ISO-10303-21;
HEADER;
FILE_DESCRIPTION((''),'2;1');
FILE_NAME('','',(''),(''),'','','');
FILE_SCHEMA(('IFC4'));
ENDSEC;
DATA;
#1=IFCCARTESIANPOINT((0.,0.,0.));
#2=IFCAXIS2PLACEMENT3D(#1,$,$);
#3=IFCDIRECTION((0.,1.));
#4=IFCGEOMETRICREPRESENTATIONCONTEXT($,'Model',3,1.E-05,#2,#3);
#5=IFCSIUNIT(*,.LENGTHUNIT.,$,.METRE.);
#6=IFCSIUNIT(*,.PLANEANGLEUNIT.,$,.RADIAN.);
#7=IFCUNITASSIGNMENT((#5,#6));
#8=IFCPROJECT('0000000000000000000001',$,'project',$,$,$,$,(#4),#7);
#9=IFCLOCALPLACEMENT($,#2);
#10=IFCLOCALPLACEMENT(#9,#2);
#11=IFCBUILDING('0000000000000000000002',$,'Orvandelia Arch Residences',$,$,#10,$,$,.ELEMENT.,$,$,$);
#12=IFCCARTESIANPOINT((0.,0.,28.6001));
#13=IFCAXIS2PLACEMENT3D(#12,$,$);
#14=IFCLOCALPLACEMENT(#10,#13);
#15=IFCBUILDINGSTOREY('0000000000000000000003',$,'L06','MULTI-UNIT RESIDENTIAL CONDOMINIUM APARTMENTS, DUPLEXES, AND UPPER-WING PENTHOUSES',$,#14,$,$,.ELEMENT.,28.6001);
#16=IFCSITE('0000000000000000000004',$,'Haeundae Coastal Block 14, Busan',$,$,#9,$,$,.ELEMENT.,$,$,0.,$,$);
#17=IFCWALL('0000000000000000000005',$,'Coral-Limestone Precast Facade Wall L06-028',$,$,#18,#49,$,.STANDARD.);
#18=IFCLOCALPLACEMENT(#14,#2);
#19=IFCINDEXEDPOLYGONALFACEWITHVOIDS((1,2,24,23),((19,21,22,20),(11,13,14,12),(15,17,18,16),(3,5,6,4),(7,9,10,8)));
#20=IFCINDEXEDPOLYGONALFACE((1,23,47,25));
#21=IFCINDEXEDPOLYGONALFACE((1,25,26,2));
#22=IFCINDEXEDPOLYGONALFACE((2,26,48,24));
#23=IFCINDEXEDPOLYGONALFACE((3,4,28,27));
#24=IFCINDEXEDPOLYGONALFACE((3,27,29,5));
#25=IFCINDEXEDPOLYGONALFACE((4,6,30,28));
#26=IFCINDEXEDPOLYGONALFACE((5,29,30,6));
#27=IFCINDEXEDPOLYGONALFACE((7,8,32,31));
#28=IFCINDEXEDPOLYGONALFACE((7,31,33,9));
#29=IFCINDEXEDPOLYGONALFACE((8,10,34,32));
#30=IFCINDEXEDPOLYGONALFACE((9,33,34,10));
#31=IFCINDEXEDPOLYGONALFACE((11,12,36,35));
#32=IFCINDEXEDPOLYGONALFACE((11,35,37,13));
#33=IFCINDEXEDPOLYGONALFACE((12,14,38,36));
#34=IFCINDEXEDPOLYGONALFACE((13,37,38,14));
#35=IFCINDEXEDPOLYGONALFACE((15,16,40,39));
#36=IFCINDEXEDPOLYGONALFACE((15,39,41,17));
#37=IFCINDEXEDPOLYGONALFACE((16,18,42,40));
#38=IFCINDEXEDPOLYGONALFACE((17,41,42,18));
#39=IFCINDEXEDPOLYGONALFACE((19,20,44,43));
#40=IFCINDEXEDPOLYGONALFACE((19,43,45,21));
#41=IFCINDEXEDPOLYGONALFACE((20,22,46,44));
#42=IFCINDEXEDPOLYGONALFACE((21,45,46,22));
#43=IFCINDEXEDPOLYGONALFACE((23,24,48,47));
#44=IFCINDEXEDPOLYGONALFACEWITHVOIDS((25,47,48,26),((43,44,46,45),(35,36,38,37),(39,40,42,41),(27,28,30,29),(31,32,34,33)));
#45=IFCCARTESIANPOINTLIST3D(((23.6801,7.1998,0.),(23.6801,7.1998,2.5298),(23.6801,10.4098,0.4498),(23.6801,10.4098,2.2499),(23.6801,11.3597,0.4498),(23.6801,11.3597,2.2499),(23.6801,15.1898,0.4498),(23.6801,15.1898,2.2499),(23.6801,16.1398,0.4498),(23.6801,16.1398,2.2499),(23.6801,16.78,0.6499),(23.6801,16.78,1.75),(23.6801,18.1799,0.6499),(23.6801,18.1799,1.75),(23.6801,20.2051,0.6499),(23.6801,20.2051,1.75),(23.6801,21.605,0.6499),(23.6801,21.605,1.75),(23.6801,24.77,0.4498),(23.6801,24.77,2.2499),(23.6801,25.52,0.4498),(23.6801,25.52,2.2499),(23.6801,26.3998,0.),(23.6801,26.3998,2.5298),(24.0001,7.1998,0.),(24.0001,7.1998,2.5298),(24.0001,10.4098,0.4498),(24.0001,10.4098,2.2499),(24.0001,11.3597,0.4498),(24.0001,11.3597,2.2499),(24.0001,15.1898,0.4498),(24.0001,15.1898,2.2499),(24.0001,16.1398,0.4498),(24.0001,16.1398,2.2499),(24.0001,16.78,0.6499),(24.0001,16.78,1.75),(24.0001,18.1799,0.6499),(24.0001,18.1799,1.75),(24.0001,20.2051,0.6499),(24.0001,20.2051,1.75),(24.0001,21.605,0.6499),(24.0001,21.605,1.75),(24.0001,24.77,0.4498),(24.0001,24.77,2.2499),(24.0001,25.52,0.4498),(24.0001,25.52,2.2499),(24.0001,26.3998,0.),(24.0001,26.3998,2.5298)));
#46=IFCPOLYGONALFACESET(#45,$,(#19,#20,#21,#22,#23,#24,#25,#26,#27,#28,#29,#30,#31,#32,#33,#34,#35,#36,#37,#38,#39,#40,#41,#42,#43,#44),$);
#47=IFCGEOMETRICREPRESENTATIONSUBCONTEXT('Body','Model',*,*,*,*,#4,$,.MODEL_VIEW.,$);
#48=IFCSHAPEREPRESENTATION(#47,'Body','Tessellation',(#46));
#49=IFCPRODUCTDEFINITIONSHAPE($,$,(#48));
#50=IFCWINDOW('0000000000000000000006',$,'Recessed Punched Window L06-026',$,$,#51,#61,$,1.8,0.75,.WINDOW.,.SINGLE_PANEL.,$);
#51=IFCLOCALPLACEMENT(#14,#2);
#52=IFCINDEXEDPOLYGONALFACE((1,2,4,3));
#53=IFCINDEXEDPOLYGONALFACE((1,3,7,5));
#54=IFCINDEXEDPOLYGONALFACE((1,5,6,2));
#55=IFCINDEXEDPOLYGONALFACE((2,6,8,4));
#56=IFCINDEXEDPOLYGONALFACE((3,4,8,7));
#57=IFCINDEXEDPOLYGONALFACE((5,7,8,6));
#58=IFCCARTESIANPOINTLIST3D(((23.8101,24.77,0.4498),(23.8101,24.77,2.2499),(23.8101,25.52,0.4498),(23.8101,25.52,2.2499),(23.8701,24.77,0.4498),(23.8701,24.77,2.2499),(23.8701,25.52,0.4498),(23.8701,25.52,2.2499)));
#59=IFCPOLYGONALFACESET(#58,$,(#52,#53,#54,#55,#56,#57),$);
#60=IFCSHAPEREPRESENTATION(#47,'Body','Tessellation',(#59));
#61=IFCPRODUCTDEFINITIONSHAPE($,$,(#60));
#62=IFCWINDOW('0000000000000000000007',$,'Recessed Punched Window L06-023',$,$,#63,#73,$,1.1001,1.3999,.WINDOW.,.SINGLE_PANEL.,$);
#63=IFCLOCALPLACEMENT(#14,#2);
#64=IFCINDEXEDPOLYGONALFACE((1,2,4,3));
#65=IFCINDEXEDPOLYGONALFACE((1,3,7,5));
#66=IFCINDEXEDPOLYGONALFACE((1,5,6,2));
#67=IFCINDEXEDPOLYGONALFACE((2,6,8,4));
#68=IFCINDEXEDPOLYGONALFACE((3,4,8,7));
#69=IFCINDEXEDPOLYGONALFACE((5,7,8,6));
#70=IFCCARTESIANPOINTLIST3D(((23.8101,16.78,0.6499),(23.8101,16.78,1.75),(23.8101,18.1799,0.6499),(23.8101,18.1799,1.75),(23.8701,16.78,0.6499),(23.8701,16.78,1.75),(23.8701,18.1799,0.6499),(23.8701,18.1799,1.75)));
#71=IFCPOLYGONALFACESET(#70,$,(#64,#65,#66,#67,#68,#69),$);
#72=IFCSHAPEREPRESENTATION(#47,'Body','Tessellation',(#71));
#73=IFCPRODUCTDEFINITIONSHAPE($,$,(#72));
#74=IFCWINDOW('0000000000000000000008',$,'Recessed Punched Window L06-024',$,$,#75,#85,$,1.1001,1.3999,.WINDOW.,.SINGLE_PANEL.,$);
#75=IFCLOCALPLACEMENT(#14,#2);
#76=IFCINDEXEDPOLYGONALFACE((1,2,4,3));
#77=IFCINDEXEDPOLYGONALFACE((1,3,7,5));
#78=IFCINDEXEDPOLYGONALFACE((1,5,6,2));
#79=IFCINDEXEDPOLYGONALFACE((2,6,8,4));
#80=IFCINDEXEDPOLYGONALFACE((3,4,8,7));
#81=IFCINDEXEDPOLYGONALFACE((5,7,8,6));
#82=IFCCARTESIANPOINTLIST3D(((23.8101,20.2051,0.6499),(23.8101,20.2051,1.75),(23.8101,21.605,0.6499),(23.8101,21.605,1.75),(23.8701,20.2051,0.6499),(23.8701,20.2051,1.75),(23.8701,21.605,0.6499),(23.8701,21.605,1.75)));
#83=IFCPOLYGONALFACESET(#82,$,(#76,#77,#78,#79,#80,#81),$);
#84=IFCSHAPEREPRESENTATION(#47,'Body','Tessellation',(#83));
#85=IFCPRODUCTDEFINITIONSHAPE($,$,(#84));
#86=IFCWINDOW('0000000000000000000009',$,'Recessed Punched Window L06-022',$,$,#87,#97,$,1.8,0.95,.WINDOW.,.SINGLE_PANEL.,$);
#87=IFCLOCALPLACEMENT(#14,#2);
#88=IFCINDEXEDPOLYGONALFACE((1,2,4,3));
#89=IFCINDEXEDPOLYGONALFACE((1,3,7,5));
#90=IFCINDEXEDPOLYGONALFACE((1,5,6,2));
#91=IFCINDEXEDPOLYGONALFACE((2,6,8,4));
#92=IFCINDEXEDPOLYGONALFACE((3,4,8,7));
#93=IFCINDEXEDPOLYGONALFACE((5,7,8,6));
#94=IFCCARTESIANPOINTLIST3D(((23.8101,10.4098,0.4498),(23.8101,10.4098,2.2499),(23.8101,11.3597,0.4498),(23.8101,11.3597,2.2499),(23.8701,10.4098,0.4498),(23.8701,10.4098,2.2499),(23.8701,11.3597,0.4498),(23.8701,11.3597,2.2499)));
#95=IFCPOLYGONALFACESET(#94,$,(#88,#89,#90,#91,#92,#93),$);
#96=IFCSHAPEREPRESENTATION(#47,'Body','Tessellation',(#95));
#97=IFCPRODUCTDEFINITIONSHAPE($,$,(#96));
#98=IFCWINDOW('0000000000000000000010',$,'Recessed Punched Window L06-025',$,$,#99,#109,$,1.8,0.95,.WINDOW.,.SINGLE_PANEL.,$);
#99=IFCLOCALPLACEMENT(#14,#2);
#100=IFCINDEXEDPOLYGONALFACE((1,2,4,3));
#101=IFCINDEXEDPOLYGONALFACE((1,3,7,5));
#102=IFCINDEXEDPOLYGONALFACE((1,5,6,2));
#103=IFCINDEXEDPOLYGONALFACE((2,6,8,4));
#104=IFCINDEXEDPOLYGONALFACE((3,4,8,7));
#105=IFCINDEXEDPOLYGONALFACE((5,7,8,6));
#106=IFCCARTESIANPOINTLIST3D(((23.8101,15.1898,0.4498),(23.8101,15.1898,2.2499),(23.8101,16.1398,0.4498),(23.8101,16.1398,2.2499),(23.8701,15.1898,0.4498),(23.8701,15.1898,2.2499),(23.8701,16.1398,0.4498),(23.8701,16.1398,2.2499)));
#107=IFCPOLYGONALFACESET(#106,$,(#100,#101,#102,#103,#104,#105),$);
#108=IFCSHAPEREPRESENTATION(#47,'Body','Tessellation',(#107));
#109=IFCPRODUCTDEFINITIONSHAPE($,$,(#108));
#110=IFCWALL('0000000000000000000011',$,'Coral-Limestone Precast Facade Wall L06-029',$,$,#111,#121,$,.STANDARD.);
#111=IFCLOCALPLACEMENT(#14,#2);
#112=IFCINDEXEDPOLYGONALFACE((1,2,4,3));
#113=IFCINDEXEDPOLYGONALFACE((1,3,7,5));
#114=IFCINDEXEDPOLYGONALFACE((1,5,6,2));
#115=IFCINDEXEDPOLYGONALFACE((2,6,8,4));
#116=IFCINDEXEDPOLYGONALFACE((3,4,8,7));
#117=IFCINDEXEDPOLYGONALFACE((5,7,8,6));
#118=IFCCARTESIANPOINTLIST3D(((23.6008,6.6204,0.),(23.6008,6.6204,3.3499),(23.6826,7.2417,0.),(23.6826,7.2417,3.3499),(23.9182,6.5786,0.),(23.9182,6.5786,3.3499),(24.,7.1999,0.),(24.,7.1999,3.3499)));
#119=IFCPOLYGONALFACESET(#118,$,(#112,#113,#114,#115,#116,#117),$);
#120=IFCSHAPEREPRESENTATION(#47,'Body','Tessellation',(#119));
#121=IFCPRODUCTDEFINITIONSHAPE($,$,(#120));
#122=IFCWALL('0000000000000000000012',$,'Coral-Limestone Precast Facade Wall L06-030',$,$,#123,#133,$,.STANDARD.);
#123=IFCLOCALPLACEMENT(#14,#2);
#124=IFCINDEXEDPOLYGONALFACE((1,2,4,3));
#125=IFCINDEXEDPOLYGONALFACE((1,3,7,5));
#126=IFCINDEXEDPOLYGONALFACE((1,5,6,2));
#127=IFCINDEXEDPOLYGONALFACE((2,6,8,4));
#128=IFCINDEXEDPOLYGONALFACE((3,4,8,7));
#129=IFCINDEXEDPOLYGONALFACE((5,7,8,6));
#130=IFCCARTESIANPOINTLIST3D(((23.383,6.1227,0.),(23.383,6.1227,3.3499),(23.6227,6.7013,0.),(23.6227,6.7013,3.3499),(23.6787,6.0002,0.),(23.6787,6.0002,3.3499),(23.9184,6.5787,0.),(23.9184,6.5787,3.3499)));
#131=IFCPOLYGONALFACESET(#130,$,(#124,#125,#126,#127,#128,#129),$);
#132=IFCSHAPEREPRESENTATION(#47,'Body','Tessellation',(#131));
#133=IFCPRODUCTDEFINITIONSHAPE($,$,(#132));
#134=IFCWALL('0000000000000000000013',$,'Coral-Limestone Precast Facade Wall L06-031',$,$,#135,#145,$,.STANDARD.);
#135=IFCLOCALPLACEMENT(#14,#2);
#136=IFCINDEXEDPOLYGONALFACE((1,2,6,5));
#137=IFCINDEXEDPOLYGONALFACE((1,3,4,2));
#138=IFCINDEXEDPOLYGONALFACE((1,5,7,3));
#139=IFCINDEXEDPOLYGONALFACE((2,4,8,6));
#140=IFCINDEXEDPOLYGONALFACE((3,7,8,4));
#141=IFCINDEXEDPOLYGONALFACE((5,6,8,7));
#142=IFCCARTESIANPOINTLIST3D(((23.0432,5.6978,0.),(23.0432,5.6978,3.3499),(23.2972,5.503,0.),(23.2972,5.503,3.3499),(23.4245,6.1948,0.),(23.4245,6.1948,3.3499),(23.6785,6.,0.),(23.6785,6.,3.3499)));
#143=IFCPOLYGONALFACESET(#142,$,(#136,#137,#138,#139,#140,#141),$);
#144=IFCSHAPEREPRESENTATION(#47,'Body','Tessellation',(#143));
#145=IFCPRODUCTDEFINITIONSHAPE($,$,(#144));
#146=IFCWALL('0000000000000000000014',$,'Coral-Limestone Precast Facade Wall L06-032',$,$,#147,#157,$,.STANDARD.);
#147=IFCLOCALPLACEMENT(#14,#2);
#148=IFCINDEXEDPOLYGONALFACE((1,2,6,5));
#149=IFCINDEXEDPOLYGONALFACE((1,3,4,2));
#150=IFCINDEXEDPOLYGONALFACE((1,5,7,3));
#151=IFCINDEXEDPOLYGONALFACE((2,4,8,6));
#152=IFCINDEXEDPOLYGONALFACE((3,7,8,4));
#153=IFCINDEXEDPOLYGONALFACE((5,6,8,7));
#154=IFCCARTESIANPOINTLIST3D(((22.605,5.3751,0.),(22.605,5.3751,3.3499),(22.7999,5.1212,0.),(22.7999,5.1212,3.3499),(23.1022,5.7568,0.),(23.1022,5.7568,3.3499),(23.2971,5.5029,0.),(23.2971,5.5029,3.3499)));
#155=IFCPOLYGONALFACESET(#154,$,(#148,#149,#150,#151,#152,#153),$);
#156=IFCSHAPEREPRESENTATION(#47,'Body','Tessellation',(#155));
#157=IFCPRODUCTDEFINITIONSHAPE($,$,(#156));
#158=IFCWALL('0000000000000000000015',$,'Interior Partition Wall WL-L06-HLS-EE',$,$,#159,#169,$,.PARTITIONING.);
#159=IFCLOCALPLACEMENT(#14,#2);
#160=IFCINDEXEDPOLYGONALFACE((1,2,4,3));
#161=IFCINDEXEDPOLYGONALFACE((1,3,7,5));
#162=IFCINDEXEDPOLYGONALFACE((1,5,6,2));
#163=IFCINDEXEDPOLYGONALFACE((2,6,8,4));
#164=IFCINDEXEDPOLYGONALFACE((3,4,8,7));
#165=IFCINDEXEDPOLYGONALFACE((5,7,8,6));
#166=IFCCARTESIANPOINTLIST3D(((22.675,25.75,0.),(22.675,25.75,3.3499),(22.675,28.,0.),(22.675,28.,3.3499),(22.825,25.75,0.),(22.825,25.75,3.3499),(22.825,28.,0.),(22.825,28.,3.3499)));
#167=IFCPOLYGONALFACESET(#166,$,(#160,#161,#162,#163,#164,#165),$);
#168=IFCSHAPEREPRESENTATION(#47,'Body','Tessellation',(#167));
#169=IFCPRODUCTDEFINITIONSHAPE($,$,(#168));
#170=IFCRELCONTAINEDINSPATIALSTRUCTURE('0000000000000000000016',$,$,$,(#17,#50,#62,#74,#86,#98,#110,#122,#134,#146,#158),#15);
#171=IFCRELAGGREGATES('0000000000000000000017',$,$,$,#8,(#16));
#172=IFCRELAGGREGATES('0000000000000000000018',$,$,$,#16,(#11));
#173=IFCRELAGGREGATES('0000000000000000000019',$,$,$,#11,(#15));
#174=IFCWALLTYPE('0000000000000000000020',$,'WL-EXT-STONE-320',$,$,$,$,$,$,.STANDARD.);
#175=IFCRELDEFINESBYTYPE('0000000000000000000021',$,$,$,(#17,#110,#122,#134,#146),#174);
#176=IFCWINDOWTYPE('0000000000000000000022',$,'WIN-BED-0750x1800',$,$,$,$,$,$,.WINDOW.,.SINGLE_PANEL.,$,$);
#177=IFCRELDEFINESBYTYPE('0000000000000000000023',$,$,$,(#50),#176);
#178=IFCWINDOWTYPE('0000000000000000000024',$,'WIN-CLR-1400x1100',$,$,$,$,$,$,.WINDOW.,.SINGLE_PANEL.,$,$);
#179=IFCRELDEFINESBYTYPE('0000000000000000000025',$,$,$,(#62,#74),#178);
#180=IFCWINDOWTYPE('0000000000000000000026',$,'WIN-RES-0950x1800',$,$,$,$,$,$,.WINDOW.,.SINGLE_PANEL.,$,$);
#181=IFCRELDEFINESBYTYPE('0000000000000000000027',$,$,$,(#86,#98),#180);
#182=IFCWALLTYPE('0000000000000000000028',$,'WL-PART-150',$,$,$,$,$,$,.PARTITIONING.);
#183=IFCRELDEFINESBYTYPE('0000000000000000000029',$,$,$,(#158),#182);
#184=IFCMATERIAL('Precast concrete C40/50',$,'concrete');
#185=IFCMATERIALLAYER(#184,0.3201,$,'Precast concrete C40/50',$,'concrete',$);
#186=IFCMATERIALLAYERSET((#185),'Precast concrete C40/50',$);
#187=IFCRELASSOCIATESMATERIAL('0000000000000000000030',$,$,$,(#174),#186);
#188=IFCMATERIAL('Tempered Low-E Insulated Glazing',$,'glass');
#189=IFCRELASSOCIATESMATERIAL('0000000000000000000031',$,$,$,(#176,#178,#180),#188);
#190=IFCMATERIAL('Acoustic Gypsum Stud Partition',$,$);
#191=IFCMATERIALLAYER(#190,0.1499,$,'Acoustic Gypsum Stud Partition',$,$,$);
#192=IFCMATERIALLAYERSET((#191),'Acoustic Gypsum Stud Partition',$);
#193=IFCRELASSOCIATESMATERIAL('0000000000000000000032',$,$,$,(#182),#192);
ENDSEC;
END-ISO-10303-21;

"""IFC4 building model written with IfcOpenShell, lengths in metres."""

from ifc_helpers import new_model, si_unit, direction, frame, frame_2d, origin, place, context, subcontext, project, spatial, rectangle, extrude, material, layer, layer_set, type_object, element, fill, save


model = new_model("IFC4")

# Units and contexts
model_context = context("Model", 3, precision=1e-05, world=origin(), true_north=direction((0.0, 1.0)))
body_context = subcontext(model_context, "Body", "Model", "MODEL_VIEW")
ifc_project = project(units=[si_unit("LENGTHUNIT", "METRE"), si_unit("PLANEANGLEUNIT", "RADIAN")], contexts=[model_context])

# Site, building, storey
site_placement = place(None, origin())
site = spatial("IfcSite", under=ifc_project, at=site_placement, Name="Haeundae Coastal Block 14, Busan", CompositionType="ELEMENT", RefElevation=0.0)
building_placement = place(site_placement, origin())
building = spatial("IfcBuilding", under=site, at=building_placement, Name="Orvandelia Arch Residences", CompositionType="ELEMENT")
storey_placement = place(building_placement, frame((0.0, 0.0, 28.6001)))
storey = spatial("IfcBuildingStorey", under=building, at=storey_placement, Name="L06", Description="MULTI-UNIT RESIDENTIAL CONDOMINIUM APARTMENTS, DUPLEXES, AND UPPER-WING PENTHOUSES", CompositionType="ELEMENT", Elevation=28.6001)

# Shared definitions
ifc_material_1 = material(Name="Precast concrete C40/50", Category="concrete")
ifc_layer_1 = layer(ifc_material_1, 0.3201, Name="Precast concrete C40/50", Category="concrete")
ifc_layer_set_1 = layer_set([ifc_layer_1], Name="Precast concrete C40/50")
wall_type_1 = type_object("IfcWallType", Name="WL-EXT-STONE-320", PredefinedType="STANDARD", material=ifc_layer_set_1)

# Wall, openings, windows
wall_1_placement = place(storey_placement, frame((23.8401, 26.3999, 0.0), z_axis=(0.0, 0.0, 1.0), x_axis=(0.0, -1.0, 0.0)))
wall_1 = element("IfcWall", 1, at=wall_1_placement, inside=storey, type_object=wall_type_1, Name="Coral-Limestone Precast Facade Wall L06-028", PredefinedType="STANDARD", context=body_context, shape_type="SweptSolid", body=[
    extrude(rectangle(XDim=19.2, YDim=0.3201, at=frame_2d((9.6001, 0.0))), origin(), (0.0, 0.0, 1.0), 2.5298),
])
opening_1_placement = place(wall_1_placement, frame((15.04, 0.0, 0.45)))
opening_1 = element("IfcOpeningElement", 2, at=opening_1_placement, cuts=wall_1, PredefinedType="OPENING", context=body_context, shape_type="SweptSolid", body=[
    extrude(rectangle(XDim=0.95, YDim=1.8, at=frame_2d((0.4751, 0.8999))), frame((0.0, 0.1699, 0.0), z_axis=(0.0, -1.0, 0.0), x_axis=(1.0, 0.0, 0.0)), (0.0, 0.0, 1.0), 0.3401),
])
opening_2_placement = place(wall_1_placement, frame((8.22, 0.0, 0.6499)))
opening_2 = element("IfcOpeningElement", 3, at=opening_2_placement, cuts=wall_1, PredefinedType="OPENING", context=body_context, shape_type="SweptSolid", body=[
    extrude(rectangle(XDim=1.3999, YDim=1.1001, at=frame_2d((0.7, 0.55))), frame((0.0, 0.1699, 0.0), z_axis=(0.0, -1.0, 0.0), x_axis=(1.0, 0.0, 0.0)), (0.0, 0.0, 1.0), 0.3401),
])
opening_3_placement = place(wall_1_placement, frame((4.7949, 0.0, 0.6499)))
opening_3 = element("IfcOpeningElement", 4, at=opening_3_placement, cuts=wall_1, PredefinedType="OPENING", context=body_context, shape_type="SweptSolid", body=[
    extrude(rectangle(XDim=1.3999, YDim=1.1001, at=frame_2d((0.7, 0.55))), frame((0.0, 0.1699, 0.0), z_axis=(0.0, -1.0, 0.0), x_axis=(1.0, 0.0, 0.0)), (0.0, 0.0, 1.0), 0.3401),
])
opening_4_placement = place(wall_1_placement, frame((10.26, 0.0, 0.45)))
opening_4 = element("IfcOpeningElement", 5, at=opening_4_placement, cuts=wall_1, PredefinedType="OPENING", context=body_context, shape_type="SweptSolid", body=[
    extrude(rectangle(XDim=0.95, YDim=1.8, at=frame_2d((0.4751, 0.8999))), frame((0.0, 0.1699, 0.0), z_axis=(0.0, -1.0, 0.0), x_axis=(1.0, 0.0, 0.0)), (0.0, 0.0, 1.0), 0.3401),
])
opening_5_placement = place(wall_1_placement, frame((0.8799, 0.0, 0.45)))
opening_5 = element("IfcOpeningElement", 6, at=opening_5_placement, cuts=wall_1, PredefinedType="OPENING", context=body_context, shape_type="SweptSolid", body=[
    extrude(rectangle(XDim=0.75, YDim=1.8, at=frame_2d((0.375, 0.8999))), frame((0.0, 0.1699, 0.0), z_axis=(0.0, -1.0, 0.0), x_axis=(1.0, 0.0, 0.0)), (0.0, 0.0, 1.0), 0.3401),
])
ifc_material_2 = material(Name="Tempered Low-E Insulated Glazing", Category="glass")
window_type_1 = type_object("IfcWindowType", Name="WIN-BED-0750x1800", PartitioningType="SINGLE_PANEL", PredefinedType="WINDOW", material=ifc_material_2)
window_1_placement = place(opening_5_placement, origin())
window_1 = element("IfcWindow", 7, at=window_1_placement, inside=storey, type_object=window_type_1, Name="Recessed Punched Window L06-026", OverallHeight=1.8, OverallWidth=0.75, PartitioningType="SINGLE_PANEL", PredefinedType="WINDOW", context=body_context, shape_type="SweptSolid", body=[
    extrude(rectangle(XDim=0.75, YDim=1.8, at=frame_2d((0.375, 0.8999))), frame((0.0, 0.03, 0.0), z_axis=(0.0, -1.0, 0.0), x_axis=(1.0, 0.0, 0.0)), (0.0, 0.0, 1.0), 0.0601),
])
fill(opening_5, window_1)
window_type_2 = type_object("IfcWindowType", Name="WIN-CLR-1400x1100", PartitioningType="SINGLE_PANEL", PredefinedType="WINDOW", material=ifc_material_2)
window_2_placement = place(opening_2_placement, origin())
window_2 = element("IfcWindow", 8, at=window_2_placement, inside=storey, type_object=window_type_2, Name="Recessed Punched Window L06-023", OverallHeight=1.1001, OverallWidth=1.3999, PartitioningType="SINGLE_PANEL", PredefinedType="WINDOW", context=body_context, shape_type="SweptSolid", body=[
    extrude(rectangle(XDim=1.3999, YDim=1.1001, at=frame_2d((0.7, 0.55))), frame((0.0, 0.03, 0.0), z_axis=(0.0, -1.0, 0.0), x_axis=(1.0, 0.0, 0.0)), (0.0, 0.0, 1.0), 0.0601),
])
fill(opening_2, window_2)
window_3_placement = place(opening_3_placement, origin())
window_3 = element("IfcWindow", 9, at=window_3_placement, inside=storey, type_object=window_type_2, Name="Recessed Punched Window L06-024", OverallHeight=1.1001, OverallWidth=1.3999, PartitioningType="SINGLE_PANEL", PredefinedType="WINDOW", context=body_context, shape_type="SweptSolid", body=[
    extrude(rectangle(XDim=1.3999, YDim=1.1001, at=frame_2d((0.7, 0.55))), frame((0.0, 0.03, 0.0), z_axis=(0.0, -1.0, 0.0), x_axis=(1.0, 0.0, 0.0)), (0.0, 0.0, 1.0), 0.0601),
])
fill(opening_3, window_3)
window_type_3 = type_object("IfcWindowType", Name="WIN-RES-0950x1800", PartitioningType="SINGLE_PANEL", PredefinedType="WINDOW", material=ifc_material_2)
window_4_placement = place(opening_1_placement, origin())
window_4 = element("IfcWindow", 10, at=window_4_placement, inside=storey, type_object=window_type_3, Name="Recessed Punched Window L06-022", OverallHeight=1.8, OverallWidth=0.95, PartitioningType="SINGLE_PANEL", PredefinedType="WINDOW", context=body_context, shape_type="SweptSolid", body=[
    extrude(rectangle(XDim=0.95, YDim=1.8, at=frame_2d((0.4751, 0.8999))), frame((0.0, 0.03, 0.0), z_axis=(0.0, -1.0, 0.0), x_axis=(1.0, 0.0, 0.0)), (0.0, 0.0, 1.0), 0.0601),
])
fill(opening_1, window_4)
window_5_placement = place(opening_4_placement, origin())
window_5 = element("IfcWindow", 11, at=window_5_placement, inside=storey, type_object=window_type_3, Name="Recessed Punched Window L06-025", OverallHeight=1.8, OverallWidth=0.95, PartitioningType="SINGLE_PANEL", PredefinedType="WINDOW", context=body_context, shape_type="SweptSolid", body=[
    extrude(rectangle(XDim=0.95, YDim=1.8, at=frame_2d((0.4751, 0.8999))), frame((0.0, 0.03, 0.0), z_axis=(0.0, -1.0, 0.0), x_axis=(1.0, 0.0, 0.0)), (0.0, 0.0, 1.0), 0.0601),
])
fill(opening_4, window_5)

# Walls
wall_2_placement = place(storey_placement, frame((23.8413, 7.2209, 0.0), z_axis=(0.0, 0.0, 1.0), x_axis=(-0.130505, -0.991448, 0.0)))
element("IfcWall", 12, at=wall_2_placement, inside=storey, type_object=wall_type_1, Name="Coral-Limestone Precast Facade Wall L06-029", PredefinedType="STANDARD", context=body_context, shape_type="SweptSolid", body=[
    extrude(rectangle(XDim=0.6267, YDim=0.3201, at=frame_2d((0.3135, 0.0))), origin(), (0.0, 0.0, 1.0), 3.3499),
])
wall_3_placement = place(storey_placement, frame((23.7705, 6.6399, 0.0), z_axis=(0.0, 0.0, 1.0), x_axis=(-0.382788, -0.923836, 0.0)))
element("IfcWall", 13, at=wall_3_placement, inside=storey, type_object=wall_type_1, Name="Coral-Limestone Precast Facade Wall L06-030", PredefinedType="STANDARD", context=body_context, shape_type="SweptSolid", body=[
    extrude(rectangle(XDim=0.6262, YDim=0.3201, at=frame_2d((0.313, 0.0))), origin(), (0.0, 0.0, 1.0), 3.3499),
])
wall_4_placement = place(storey_placement, frame((23.5515, 6.0974, 0.0), z_axis=(0.0, 0.0, 1.0), x_axis=(-0.608693, -0.793406, 0.0)))
element("IfcWall", 14, at=wall_4_placement, inside=storey, type_object=wall_type_1, Name="Coral-Limestone Precast Facade Wall L06-031", PredefinedType="STANDARD", context=body_context, shape_type="SweptSolid", body=[
    extrude(rectangle(XDim=0.6265, YDim=0.3201, at=frame_2d((0.3132, 0.0))), origin(), (0.0, 0.0, 1.0), 3.3499),
])
wall_5_placement = place(storey_placement, frame((23.1997, 5.6299, 0.0), z_axis=(0.0, 0.0, 1.0), x_axis=(-0.793217, -0.608939, 0.0)))
element("IfcWall", 15, at=wall_5_placement, inside=storey, type_object=wall_type_1, Name="Coral-Limestone Precast Facade Wall L06-032", PredefinedType="STANDARD", context=body_context, shape_type="SweptSolid", body=[
    extrude(rectangle(XDim=0.6267, YDim=0.3201, at=frame_2d((0.3135, 0.0))), origin(), (0.0, 0.0, 1.0), 3.3499),
])
ifc_material_3 = material(Name="Acoustic Gypsum Stud Partition")
ifc_layer_2 = layer(ifc_material_3, 0.1499, Name="Acoustic Gypsum Stud Partition")
ifc_layer_set_2 = layer_set([ifc_layer_2], Name="Acoustic Gypsum Stud Partition")
wall_type_2 = type_object("IfcWallType", Name="WL-PART-150", PredefinedType="PARTITIONING", material=ifc_layer_set_2)
wall_6_placement = place(storey_placement, frame((22.75, 25.75, 0.0), z_axis=(0.0, 0.0, 1.0), x_axis=(0.0, 1.0, 0.0)))
element("IfcWall", 16, at=wall_6_placement, inside=storey, type_object=wall_type_2, Name="Interior Partition Wall WL-L06-HLS-EE", PredefinedType="PARTITIONING", context=body_context, shape_type="SweptSolid", body=[
    extrude(rectangle(XDim=2.25, YDim=0.1499, at=frame_2d((1.125, 0.0))), origin(), (0.0, 0.0, 1.0), 3.3499),
])

save(model, "model.ifc")
